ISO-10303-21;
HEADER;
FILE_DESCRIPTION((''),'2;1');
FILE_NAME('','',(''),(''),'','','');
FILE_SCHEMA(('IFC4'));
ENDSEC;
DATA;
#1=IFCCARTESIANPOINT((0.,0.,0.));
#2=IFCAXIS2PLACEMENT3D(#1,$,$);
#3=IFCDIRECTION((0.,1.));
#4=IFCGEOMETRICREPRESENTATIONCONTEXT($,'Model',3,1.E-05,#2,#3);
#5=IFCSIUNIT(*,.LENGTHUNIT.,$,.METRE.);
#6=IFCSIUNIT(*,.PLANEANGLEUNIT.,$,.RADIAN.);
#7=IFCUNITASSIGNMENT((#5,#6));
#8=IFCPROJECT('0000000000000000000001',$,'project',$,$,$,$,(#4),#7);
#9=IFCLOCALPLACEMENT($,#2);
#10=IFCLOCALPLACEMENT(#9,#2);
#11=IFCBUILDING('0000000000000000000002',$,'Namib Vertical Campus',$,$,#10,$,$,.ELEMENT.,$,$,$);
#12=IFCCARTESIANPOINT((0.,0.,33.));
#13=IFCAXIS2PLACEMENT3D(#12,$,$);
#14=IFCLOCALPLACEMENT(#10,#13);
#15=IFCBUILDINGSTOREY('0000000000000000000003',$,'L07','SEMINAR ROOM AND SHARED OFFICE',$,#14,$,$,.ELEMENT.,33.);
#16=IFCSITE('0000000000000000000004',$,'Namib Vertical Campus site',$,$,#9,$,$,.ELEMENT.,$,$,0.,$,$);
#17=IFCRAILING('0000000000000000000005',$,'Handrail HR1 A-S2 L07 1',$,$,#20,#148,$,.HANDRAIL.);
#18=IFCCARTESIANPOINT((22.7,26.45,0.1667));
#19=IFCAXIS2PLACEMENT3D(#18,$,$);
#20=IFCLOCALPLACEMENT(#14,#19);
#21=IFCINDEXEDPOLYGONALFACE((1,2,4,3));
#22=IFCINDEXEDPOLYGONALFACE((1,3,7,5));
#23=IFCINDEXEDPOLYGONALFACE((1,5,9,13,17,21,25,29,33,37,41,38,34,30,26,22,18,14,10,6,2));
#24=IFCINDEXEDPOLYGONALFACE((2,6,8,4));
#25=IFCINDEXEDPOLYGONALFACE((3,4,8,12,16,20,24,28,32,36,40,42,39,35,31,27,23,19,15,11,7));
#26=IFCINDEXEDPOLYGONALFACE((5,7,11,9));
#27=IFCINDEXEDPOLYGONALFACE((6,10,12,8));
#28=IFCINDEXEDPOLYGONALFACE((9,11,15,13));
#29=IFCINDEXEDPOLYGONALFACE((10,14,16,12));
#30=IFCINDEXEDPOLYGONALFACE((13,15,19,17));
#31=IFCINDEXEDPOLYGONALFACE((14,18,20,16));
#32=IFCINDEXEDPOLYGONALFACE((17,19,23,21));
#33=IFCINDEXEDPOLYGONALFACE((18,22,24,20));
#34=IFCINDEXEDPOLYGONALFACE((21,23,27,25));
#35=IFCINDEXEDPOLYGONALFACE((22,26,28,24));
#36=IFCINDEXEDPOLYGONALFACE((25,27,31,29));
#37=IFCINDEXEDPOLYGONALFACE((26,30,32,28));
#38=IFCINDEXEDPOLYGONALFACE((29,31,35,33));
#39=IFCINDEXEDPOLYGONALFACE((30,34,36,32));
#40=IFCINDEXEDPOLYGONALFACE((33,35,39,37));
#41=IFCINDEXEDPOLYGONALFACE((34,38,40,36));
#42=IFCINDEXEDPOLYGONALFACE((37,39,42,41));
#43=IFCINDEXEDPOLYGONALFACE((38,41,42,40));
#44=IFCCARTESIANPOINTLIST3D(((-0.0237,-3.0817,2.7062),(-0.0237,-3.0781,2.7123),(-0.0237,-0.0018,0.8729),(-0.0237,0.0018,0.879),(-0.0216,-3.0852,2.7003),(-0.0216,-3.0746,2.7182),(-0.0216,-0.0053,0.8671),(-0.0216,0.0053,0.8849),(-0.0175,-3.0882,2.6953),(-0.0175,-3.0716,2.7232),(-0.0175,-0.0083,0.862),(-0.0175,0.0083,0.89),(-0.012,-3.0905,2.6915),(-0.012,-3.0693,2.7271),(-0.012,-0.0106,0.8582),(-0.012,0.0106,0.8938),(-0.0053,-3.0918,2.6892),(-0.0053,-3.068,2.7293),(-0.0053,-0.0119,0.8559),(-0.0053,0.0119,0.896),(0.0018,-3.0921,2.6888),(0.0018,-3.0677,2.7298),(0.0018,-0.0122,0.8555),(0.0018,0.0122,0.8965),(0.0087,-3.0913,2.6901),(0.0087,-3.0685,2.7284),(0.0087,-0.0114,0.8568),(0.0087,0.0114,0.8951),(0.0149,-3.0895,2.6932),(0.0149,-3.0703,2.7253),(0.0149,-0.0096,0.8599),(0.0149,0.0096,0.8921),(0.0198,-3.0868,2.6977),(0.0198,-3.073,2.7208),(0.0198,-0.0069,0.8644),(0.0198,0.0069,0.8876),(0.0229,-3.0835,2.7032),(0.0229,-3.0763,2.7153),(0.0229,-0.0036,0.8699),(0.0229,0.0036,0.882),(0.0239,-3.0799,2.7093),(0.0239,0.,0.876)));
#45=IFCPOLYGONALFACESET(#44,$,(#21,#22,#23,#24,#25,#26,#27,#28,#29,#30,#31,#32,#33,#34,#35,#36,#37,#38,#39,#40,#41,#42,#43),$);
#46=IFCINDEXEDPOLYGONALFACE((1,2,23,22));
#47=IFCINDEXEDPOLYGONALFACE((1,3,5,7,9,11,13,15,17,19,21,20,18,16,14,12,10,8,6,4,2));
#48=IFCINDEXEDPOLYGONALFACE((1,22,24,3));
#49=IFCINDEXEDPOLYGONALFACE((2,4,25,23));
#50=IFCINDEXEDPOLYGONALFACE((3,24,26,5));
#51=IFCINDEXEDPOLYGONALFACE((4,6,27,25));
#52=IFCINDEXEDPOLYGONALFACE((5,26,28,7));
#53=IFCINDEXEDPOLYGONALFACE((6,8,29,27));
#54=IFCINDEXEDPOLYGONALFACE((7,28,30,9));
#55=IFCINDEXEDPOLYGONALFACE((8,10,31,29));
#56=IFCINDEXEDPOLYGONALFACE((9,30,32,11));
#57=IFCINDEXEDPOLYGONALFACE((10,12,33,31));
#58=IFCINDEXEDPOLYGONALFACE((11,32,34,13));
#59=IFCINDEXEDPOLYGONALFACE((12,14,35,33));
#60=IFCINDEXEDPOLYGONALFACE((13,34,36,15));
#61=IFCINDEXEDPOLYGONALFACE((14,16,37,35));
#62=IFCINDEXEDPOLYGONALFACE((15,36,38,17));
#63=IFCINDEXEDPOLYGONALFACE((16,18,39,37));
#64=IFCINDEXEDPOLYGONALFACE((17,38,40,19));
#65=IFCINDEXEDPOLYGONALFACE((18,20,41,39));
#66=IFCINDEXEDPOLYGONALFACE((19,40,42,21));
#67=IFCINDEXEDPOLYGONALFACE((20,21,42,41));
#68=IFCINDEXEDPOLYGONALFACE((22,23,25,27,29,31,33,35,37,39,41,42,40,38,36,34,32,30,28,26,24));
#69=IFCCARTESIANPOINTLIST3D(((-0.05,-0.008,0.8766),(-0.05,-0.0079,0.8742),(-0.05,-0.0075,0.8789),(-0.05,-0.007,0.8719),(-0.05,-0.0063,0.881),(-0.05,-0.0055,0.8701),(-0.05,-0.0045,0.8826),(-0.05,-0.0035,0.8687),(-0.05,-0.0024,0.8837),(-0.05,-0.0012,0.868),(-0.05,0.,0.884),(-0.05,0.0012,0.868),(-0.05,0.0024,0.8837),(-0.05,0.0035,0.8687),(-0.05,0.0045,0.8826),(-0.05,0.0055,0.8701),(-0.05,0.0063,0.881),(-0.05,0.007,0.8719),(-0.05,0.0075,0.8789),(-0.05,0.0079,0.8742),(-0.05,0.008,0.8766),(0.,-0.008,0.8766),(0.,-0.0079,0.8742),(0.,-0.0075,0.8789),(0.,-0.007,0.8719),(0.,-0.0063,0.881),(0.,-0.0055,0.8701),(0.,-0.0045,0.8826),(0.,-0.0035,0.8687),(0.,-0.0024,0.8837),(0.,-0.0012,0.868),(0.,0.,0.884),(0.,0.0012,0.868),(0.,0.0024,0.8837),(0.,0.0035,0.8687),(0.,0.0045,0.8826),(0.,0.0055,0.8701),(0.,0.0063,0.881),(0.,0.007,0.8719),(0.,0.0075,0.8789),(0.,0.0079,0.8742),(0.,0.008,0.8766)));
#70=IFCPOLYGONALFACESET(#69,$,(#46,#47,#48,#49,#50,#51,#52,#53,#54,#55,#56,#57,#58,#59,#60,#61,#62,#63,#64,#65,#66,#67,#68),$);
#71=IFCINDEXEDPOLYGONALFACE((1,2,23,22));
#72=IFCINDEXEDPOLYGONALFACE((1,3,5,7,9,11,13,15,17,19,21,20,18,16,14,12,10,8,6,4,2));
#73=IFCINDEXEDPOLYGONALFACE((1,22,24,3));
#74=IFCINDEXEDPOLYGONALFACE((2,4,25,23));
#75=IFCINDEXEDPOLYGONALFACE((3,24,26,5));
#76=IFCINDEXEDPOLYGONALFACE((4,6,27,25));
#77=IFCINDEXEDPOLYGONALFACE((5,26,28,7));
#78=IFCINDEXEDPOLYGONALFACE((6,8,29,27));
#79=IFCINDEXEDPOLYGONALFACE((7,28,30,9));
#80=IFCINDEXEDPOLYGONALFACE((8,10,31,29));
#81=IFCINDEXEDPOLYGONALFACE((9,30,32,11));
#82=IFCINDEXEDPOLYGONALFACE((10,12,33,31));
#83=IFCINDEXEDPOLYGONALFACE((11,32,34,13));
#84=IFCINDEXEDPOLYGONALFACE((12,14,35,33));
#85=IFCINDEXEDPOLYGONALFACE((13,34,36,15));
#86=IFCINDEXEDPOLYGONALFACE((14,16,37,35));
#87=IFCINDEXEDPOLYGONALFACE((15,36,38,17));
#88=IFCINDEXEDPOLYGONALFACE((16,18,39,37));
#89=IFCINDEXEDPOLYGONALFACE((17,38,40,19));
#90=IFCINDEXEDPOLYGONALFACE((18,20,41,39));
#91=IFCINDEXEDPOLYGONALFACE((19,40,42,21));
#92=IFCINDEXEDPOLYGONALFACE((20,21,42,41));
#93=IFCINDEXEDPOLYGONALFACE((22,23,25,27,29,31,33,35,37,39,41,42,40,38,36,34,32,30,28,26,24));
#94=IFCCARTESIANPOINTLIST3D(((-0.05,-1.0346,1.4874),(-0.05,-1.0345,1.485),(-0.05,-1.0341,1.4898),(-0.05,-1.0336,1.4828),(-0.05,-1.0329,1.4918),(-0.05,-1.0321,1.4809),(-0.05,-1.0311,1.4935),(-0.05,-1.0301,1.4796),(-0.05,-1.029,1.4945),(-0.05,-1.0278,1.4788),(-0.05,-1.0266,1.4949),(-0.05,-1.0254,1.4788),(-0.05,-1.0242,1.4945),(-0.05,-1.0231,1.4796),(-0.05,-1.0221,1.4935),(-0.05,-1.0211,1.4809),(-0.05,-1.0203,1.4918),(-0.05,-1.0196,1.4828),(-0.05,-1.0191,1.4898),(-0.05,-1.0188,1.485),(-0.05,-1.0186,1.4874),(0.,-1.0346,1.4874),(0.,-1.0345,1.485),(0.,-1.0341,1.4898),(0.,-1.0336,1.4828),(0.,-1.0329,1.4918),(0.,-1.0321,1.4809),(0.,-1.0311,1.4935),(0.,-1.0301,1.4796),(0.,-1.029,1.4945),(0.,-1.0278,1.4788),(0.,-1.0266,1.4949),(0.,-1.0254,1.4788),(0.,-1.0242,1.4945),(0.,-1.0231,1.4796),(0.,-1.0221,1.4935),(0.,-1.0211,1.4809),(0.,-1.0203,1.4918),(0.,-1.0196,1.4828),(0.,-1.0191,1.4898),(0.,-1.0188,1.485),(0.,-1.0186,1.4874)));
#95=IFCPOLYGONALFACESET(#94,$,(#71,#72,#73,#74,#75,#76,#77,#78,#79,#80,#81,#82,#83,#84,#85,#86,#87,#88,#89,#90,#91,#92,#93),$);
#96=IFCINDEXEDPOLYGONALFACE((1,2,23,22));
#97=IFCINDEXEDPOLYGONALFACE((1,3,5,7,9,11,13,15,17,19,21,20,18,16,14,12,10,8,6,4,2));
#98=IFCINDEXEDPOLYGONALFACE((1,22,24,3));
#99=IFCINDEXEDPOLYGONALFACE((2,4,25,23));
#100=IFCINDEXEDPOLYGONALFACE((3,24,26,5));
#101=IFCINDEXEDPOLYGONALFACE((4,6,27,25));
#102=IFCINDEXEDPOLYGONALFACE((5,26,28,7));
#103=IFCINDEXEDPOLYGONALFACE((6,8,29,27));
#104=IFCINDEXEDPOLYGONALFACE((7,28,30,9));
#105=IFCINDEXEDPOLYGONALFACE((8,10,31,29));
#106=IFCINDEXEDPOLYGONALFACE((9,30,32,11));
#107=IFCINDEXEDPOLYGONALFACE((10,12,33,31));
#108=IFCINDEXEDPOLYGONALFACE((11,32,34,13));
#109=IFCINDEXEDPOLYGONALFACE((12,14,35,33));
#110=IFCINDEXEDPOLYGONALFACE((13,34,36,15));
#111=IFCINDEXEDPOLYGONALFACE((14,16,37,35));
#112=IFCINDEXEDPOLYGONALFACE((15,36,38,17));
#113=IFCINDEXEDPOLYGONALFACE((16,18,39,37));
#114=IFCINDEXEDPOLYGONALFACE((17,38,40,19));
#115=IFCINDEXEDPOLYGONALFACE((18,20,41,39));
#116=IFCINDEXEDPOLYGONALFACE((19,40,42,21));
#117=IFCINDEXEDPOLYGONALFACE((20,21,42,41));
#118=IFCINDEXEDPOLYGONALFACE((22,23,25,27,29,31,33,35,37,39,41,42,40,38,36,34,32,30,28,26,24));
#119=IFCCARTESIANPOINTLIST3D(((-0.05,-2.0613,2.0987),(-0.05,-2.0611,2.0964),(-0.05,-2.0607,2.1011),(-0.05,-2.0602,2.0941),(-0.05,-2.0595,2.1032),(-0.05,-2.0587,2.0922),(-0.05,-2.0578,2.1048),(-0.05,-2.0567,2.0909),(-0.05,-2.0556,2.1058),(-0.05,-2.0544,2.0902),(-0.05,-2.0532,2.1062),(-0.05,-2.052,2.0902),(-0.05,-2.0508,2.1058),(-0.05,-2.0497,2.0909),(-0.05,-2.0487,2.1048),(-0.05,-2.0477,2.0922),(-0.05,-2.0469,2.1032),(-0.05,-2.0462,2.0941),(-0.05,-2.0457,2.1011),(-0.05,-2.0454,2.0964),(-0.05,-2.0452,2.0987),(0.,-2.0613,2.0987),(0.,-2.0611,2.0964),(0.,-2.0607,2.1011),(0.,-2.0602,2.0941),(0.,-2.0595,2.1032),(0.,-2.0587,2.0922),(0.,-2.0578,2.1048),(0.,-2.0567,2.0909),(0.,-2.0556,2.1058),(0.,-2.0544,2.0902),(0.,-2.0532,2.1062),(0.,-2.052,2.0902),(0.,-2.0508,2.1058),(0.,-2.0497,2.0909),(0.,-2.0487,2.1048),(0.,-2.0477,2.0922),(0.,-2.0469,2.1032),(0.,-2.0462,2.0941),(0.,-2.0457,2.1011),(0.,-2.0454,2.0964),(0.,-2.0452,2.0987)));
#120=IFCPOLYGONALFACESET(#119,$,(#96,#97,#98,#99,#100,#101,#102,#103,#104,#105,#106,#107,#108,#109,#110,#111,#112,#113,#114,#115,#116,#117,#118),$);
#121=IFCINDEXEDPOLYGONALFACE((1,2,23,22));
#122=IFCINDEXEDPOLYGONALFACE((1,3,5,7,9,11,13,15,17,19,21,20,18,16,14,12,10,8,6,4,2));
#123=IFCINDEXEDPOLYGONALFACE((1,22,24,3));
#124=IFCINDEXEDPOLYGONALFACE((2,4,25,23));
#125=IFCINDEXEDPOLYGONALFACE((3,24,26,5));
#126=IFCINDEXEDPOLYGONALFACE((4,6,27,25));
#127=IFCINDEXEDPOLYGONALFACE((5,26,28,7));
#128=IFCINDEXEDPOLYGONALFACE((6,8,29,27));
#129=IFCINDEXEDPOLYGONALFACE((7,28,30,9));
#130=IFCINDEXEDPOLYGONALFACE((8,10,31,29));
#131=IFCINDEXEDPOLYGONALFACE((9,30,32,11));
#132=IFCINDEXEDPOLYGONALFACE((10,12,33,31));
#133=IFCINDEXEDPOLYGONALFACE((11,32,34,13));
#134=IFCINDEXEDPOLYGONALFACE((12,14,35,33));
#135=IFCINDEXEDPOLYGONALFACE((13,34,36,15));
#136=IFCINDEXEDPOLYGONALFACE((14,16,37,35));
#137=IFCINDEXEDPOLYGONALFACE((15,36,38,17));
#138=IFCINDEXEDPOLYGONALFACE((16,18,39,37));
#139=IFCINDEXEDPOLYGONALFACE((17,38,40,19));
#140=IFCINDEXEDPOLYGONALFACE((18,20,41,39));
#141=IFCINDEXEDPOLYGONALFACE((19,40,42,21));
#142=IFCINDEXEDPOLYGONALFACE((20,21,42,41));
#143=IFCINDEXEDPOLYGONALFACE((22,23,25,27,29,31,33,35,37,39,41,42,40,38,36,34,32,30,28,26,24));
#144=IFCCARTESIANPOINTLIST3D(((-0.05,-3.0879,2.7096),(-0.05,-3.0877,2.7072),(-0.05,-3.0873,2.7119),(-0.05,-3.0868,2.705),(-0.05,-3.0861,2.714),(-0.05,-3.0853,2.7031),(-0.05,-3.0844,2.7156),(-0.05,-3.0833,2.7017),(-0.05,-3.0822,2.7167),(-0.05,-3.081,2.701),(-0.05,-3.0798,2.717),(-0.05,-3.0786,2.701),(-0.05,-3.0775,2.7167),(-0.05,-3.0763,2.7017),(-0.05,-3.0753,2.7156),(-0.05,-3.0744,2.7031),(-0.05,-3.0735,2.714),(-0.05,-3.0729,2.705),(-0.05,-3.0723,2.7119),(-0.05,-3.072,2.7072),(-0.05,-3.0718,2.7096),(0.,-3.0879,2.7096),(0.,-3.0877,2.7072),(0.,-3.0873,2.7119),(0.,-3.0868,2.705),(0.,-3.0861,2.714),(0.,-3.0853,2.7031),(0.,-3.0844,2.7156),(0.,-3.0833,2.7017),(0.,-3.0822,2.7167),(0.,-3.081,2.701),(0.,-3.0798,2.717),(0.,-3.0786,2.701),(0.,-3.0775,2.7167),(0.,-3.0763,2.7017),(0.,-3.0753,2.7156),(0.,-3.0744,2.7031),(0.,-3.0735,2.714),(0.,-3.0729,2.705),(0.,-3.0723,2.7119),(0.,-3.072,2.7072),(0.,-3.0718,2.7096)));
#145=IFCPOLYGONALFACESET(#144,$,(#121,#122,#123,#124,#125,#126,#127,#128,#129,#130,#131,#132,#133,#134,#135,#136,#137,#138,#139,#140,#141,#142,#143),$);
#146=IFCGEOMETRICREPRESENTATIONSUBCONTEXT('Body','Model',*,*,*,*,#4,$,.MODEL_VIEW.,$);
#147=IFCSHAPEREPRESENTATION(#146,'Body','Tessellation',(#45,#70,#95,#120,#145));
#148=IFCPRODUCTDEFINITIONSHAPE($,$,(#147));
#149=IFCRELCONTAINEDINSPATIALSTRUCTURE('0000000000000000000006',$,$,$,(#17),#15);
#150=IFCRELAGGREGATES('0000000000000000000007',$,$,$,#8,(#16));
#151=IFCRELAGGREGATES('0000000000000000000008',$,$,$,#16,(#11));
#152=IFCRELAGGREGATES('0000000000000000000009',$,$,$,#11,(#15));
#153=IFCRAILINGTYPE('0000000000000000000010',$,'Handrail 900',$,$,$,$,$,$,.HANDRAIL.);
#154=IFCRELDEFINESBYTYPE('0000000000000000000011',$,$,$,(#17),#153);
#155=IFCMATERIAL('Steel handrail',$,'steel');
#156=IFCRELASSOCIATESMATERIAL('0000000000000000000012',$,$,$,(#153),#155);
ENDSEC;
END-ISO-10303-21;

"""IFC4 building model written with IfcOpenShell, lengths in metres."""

from ifc_helpers import new_model, si_unit, direction, frame, origin, origin_2d, place, context, subcontext, project, spatial, circle, extrude, material, type_object, element, save


model = new_model("IFC4")

# Units and contexts
model_context = context("Model", 3, precision=1e-05, world=origin(), true_north=direction((0.0, 1.0)))
body_context = subcontext(model_context, "Body", "Model", "MODEL_VIEW")
ifc_project = project(units=[si_unit("LENGTHUNIT", "METRE"), si_unit("PLANEANGLEUNIT", "RADIAN")], contexts=[model_context])

# Site, building, storey
site_placement = place(None, origin())
site = spatial("IfcSite", under=ifc_project, at=site_placement, Name="Namib Vertical Campus site", CompositionType="ELEMENT", RefElevation=0.0)
building_placement = place(site_placement, origin())
building = spatial("IfcBuilding", under=site, at=building_placement, Name="Namib Vertical Campus", CompositionType="ELEMENT")
storey_placement = place(building_placement, frame((0.0, 0.0, 33.0)))
storey = spatial("IfcBuildingStorey", under=building, at=storey_placement, Name="L07", Description="SEMINAR ROOM AND SHARED OFFICE", CompositionType="ELEMENT", Elevation=33.0)

# Railing
ifc_material_1 = material(Name="Steel handrail", Category="steel")
railing_type_1 = type_object("IfcRailingType", Name="Handrail 900", PredefinedType="HANDRAIL", material=ifc_material_1)
railing_1_placement = place(storey_placement, frame((22.7, 26.45, 0.1667)))
element("IfcRailing", 1, at=railing_1_placement, inside=storey, type_object=railing_type_1, Name="Handrail HR1 A-S2 L07 1", PredefinedType="HANDRAIL", context=body_context, shape_type="SweptSolid", body=[
    extrude(circle(Radius=0.0239, at=origin_2d()), frame((0.0, 0.0, 0.876), z_axis=(0.0, -0.859291, 0.511487), x_axis=(1.0, 0.0, 0.0)), (0.0, 0.0, 1.0), 3.5842),
    extrude(circle(Radius=0.0081, at=origin_2d()), frame((0.0, 0.0, 0.876), z_axis=(-1.0, 0.0, 0.0), x_axis=(0.0, 0.0, 1.0)), (0.0, 0.0, 1.0), 0.05),
    extrude(circle(Radius=0.0081, at=origin_2d()), frame((0.0, -1.0266, 1.4868), z_axis=(-1.0, 0.0, 0.0), x_axis=(0.0, 0.0, 1.0)), (0.0, 0.0, 1.0), 0.05),
    extrude(circle(Radius=0.0081, at=origin_2d()), frame((0.0, -2.0532, 2.0981), z_axis=(-1.0, 0.0, 0.0), x_axis=(0.0, 0.0, 1.0)), (0.0, 0.0, 1.0), 0.05),
    extrude(circle(Radius=0.0081, at=origin_2d()), frame((0.0, -3.0798, 2.709), z_axis=(-1.0, 0.0, 0.0), x_axis=(0.0, 0.0, 1.0)), (0.0, 0.0, 1.0), 0.05),
])

save(model, "model.ifc")
